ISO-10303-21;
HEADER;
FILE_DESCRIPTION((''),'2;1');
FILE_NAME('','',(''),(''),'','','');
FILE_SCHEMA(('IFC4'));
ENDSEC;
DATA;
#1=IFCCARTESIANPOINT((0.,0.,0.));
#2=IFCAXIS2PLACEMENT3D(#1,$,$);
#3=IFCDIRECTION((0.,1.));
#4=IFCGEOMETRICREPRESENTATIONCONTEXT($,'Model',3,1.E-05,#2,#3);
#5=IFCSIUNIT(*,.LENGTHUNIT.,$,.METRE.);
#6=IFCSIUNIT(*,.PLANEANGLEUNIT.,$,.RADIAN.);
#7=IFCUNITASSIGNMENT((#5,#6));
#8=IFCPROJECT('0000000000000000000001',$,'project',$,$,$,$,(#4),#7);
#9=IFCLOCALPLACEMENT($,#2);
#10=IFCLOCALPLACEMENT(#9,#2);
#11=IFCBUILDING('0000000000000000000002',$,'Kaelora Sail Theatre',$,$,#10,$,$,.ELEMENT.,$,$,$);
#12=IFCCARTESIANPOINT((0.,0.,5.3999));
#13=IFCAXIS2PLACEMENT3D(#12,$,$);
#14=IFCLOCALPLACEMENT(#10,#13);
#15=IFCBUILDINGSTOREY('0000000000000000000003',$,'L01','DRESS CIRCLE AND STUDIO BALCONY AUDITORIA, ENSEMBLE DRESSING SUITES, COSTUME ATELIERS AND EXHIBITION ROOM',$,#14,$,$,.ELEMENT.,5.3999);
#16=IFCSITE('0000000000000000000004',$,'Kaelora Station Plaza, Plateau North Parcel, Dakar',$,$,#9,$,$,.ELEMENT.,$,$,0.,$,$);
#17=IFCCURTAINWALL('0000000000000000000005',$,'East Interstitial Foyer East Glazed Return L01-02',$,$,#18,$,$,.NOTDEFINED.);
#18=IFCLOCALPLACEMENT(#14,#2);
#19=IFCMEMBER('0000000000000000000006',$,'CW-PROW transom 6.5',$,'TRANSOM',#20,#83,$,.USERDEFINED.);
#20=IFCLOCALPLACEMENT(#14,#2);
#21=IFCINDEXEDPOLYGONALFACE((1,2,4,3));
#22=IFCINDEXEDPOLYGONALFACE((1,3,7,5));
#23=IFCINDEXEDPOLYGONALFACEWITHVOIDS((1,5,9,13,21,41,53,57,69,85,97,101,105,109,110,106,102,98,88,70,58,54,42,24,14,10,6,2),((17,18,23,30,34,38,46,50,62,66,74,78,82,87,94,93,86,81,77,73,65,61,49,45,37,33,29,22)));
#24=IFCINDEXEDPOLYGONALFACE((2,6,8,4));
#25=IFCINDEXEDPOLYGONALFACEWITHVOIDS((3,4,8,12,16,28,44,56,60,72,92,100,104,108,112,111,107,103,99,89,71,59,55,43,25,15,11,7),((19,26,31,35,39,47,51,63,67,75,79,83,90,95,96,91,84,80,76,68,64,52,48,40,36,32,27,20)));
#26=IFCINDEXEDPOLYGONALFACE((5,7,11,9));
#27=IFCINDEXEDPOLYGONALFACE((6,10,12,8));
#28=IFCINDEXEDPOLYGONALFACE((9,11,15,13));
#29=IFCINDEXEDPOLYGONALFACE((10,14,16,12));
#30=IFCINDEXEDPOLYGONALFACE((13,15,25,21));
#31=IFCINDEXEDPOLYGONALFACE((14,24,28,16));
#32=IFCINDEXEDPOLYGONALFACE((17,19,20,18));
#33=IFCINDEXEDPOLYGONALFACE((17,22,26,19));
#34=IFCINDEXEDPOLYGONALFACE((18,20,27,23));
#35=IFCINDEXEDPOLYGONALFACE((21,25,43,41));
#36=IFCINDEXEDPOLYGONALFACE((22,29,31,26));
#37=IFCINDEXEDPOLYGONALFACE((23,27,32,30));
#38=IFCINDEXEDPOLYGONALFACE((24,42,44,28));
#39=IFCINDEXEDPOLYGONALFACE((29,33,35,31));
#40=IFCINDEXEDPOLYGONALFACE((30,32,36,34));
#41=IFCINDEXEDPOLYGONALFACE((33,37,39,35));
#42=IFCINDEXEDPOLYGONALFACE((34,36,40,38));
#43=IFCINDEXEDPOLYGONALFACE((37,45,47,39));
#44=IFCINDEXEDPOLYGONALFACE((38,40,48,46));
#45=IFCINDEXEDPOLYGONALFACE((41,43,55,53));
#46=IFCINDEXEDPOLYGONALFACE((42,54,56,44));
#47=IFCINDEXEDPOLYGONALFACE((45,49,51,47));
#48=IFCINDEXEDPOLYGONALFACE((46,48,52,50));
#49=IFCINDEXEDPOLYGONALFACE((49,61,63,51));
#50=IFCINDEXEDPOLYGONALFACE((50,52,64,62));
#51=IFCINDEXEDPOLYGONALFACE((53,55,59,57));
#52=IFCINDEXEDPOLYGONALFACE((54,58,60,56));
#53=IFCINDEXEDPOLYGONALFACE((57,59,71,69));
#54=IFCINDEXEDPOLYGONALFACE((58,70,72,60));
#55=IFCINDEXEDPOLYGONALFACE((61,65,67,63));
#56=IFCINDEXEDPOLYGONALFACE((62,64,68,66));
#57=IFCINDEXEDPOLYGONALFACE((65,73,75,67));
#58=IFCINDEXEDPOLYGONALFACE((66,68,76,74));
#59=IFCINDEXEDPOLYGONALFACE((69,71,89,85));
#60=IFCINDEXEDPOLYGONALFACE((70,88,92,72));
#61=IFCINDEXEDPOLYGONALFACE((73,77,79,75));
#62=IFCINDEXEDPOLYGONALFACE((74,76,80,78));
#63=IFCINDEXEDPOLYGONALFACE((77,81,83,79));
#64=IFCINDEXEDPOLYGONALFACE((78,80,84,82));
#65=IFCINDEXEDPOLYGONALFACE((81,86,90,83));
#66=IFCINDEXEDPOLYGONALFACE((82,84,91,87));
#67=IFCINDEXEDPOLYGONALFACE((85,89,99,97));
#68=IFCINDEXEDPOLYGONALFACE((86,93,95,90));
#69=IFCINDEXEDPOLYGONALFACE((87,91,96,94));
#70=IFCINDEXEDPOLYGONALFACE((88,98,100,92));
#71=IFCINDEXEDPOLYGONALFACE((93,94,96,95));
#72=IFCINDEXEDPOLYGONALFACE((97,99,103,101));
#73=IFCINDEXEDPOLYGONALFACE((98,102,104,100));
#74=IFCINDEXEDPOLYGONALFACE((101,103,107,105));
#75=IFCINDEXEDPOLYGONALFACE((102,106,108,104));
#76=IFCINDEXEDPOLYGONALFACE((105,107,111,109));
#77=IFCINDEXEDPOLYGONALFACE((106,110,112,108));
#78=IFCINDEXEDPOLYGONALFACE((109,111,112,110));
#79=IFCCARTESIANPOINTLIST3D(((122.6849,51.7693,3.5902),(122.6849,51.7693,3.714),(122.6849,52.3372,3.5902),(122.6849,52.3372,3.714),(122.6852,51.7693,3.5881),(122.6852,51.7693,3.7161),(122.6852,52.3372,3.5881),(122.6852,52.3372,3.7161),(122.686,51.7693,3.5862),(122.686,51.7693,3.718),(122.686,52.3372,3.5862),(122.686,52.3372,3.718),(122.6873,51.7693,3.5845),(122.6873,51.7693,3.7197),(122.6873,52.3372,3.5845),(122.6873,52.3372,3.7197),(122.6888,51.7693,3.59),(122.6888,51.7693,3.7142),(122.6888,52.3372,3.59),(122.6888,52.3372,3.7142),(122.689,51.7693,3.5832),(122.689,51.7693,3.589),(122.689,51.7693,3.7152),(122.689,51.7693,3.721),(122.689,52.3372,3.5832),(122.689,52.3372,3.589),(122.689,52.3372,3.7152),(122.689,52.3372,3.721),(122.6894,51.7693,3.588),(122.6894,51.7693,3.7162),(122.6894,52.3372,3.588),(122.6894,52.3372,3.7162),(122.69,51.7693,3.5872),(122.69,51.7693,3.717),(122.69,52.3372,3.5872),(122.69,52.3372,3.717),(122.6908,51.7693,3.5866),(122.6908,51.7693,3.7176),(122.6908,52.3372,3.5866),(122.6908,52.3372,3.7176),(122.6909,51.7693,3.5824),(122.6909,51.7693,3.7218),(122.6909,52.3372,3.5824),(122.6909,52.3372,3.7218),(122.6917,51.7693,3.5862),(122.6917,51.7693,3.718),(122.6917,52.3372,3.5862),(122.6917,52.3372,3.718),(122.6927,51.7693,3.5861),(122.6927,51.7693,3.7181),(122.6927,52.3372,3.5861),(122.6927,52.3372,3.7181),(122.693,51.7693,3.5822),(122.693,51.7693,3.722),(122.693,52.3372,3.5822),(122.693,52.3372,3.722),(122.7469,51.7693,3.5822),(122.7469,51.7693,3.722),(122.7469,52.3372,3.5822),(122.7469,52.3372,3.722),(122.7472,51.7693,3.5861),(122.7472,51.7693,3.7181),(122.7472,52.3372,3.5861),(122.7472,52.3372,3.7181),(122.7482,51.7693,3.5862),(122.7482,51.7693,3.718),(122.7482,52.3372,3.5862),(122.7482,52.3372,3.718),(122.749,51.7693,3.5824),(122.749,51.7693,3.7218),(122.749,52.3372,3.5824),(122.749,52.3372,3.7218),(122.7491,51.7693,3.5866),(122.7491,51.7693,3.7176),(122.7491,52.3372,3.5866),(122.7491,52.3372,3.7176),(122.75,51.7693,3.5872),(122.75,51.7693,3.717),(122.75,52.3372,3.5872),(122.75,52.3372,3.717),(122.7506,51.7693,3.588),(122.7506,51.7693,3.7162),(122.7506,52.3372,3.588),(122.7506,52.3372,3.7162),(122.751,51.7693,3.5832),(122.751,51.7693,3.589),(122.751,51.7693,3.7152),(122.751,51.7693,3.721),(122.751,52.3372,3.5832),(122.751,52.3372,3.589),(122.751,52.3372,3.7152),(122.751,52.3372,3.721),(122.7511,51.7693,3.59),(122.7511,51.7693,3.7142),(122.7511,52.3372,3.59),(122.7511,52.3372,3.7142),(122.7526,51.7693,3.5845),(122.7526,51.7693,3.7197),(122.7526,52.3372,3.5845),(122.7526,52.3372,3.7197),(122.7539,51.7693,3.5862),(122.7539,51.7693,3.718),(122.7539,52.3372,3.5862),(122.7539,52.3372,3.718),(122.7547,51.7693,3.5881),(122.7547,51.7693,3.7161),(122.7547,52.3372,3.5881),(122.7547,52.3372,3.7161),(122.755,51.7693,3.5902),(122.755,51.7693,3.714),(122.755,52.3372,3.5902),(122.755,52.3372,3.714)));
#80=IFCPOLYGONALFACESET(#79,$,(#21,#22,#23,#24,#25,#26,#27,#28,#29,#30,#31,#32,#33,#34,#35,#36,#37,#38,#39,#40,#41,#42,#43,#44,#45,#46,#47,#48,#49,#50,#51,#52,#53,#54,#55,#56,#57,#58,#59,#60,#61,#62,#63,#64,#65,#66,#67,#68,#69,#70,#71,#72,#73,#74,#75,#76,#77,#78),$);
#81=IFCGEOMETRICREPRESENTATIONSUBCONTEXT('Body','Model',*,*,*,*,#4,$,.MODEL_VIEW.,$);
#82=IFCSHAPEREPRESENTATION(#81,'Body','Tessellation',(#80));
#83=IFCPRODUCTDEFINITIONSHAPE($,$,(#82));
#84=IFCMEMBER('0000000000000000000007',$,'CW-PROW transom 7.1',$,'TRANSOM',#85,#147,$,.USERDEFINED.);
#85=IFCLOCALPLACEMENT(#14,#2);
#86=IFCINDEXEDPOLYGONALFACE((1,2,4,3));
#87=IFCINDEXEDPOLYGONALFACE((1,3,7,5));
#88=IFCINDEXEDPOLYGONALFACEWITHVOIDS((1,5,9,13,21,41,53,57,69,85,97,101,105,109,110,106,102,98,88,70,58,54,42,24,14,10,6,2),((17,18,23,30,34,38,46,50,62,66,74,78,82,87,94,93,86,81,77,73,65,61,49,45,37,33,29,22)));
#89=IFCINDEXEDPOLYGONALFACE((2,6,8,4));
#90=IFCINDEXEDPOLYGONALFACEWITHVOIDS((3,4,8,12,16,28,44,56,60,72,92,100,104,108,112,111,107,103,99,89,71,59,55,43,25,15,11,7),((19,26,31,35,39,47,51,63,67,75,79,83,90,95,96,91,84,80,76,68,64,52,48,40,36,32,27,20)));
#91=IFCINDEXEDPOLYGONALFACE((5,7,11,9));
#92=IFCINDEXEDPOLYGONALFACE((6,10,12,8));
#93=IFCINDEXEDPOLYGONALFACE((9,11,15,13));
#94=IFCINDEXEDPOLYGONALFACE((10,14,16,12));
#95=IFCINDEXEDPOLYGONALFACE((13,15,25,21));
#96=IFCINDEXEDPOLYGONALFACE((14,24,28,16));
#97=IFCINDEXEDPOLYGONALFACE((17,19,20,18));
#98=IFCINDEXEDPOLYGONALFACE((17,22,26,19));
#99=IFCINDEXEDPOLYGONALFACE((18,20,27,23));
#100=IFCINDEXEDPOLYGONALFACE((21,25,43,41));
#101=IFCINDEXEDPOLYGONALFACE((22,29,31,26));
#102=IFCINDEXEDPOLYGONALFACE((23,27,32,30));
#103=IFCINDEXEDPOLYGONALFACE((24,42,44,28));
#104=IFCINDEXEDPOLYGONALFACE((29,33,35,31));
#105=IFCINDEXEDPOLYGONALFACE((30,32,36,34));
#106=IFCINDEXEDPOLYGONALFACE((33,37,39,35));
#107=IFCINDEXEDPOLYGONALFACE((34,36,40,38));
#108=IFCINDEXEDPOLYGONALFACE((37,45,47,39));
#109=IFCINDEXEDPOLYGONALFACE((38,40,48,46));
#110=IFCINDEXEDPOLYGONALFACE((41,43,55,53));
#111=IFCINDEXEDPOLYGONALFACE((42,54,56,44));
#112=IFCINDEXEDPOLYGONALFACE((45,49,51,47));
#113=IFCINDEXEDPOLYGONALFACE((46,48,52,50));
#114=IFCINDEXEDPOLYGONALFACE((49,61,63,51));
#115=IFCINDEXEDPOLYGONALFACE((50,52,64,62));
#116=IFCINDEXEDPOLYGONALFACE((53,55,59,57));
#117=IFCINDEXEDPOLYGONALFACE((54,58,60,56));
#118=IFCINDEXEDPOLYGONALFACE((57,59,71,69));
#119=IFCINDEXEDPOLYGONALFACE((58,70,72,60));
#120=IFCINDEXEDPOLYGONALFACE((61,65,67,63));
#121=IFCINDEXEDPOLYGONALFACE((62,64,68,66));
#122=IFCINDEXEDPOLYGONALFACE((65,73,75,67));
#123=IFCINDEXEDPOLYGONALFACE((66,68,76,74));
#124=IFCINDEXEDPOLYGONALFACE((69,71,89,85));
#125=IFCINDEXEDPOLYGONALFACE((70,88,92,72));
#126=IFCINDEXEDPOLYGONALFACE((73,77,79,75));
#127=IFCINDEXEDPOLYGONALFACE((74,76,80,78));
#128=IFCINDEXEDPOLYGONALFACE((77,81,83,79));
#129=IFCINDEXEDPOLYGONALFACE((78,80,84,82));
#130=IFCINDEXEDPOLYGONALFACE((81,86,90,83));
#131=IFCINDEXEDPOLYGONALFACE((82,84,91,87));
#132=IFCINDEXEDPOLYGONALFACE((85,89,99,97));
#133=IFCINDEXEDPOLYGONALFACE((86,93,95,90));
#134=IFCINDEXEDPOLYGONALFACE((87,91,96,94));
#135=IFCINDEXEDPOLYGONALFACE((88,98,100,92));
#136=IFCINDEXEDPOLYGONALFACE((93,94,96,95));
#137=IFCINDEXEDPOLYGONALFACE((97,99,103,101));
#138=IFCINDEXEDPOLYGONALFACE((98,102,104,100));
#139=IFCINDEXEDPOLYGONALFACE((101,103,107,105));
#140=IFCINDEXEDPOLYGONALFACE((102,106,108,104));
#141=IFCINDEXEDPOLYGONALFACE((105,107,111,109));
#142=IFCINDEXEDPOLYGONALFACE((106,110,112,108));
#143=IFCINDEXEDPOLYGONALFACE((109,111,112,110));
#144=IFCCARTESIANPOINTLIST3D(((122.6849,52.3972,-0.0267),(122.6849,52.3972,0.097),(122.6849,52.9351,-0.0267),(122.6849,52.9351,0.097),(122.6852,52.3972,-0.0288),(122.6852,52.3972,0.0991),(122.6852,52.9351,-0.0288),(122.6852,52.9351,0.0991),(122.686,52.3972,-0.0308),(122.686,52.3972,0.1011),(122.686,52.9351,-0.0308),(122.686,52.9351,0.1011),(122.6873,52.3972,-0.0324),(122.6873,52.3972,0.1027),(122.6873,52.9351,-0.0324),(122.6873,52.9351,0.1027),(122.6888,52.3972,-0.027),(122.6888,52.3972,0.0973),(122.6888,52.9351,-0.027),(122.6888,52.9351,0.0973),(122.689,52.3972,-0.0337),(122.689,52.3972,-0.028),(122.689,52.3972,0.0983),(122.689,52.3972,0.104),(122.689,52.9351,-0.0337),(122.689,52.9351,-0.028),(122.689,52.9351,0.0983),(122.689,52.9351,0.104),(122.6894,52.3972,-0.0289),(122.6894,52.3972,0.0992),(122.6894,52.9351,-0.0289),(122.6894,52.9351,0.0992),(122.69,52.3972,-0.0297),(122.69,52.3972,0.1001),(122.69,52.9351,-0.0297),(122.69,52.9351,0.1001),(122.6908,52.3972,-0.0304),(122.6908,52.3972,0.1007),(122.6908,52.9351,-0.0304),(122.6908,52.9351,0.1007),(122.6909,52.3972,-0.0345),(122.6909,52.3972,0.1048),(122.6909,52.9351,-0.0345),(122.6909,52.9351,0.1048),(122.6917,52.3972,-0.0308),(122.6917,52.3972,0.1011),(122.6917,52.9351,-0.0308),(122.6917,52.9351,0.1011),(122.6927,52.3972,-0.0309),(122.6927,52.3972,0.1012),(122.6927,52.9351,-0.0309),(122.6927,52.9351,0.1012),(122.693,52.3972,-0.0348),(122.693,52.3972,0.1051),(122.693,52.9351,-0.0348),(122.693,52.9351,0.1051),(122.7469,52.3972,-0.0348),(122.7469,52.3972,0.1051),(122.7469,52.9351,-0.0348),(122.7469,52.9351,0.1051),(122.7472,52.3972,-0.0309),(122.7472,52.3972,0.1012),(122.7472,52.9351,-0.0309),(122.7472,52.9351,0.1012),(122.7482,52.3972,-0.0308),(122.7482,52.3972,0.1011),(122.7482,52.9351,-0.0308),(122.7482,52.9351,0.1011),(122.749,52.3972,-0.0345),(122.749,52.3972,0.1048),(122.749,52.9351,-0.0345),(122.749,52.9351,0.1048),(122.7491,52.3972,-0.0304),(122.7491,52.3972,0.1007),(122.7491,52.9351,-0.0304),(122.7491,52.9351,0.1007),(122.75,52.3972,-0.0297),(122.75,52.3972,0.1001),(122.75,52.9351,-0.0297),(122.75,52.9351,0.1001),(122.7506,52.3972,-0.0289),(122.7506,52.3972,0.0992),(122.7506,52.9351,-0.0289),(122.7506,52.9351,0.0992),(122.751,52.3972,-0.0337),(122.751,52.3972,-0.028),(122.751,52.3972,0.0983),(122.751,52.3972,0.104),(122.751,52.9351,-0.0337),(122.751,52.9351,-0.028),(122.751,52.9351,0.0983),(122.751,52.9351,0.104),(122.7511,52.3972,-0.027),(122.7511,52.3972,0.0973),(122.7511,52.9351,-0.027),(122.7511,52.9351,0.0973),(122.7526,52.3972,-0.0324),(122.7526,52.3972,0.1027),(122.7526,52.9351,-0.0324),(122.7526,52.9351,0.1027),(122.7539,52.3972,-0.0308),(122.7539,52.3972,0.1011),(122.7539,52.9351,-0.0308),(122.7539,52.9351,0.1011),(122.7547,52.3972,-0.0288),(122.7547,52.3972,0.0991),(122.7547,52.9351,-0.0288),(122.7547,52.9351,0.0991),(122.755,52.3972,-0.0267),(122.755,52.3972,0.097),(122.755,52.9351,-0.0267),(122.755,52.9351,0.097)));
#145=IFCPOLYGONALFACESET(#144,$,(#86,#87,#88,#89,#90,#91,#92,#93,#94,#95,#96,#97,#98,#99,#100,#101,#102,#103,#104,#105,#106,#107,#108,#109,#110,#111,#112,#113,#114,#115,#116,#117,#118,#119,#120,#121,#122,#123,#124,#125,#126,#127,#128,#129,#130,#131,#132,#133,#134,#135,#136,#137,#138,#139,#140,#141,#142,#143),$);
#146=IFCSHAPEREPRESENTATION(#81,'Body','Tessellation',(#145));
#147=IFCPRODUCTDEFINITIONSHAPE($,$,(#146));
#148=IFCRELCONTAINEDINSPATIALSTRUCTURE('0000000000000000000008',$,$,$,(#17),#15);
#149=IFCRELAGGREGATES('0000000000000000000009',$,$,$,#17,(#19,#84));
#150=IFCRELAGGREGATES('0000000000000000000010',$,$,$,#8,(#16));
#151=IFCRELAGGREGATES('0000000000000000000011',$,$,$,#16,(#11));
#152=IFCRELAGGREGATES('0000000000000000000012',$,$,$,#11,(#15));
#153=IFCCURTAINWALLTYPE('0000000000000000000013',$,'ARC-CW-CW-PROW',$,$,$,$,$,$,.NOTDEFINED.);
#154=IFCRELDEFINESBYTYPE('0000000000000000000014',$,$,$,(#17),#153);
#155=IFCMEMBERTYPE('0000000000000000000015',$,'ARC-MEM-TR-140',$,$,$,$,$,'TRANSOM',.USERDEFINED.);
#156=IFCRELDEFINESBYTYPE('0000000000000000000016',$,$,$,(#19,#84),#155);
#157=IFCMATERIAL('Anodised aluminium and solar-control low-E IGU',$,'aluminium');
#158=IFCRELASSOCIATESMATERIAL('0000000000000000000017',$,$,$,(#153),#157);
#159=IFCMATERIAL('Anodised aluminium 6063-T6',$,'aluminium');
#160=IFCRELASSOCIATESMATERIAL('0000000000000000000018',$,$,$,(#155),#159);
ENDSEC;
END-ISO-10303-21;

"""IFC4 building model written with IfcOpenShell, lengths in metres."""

from ifc_helpers import new_model, si_unit, direction, frame, origin, origin_2d, place, context, subcontext, project, spatial, hollow_rectangle, extrude, material, material_profile, profile_set, type_object, element, aggregate, save


model = new_model("IFC4")

# Units and contexts
model_context = context("Model", 3, precision=1e-05, world=origin(), true_north=direction((0.0, 1.0)))
body_context = subcontext(model_context, "Body", "Model", "MODEL_VIEW")
ifc_project = project(units=[si_unit("LENGTHUNIT", "METRE"), si_unit("PLANEANGLEUNIT", "RADIAN")], contexts=[model_context])

# Site, building, storey
site_placement = place(None, origin())
site = spatial("IfcSite", under=ifc_project, at=site_placement, Name="Kaelora Station Plaza, Plateau North Parcel, Dakar", CompositionType="ELEMENT", RefElevation=0.0)
building_placement = place(site_placement, origin())
building = spatial("IfcBuilding", under=site, at=building_placement, Name="Kaelora Sail Theatre", CompositionType="ELEMENT")
storey_placement = place(building_placement, frame((0.0, 0.0, 5.3999)))
storey = spatial("IfcBuildingStorey", under=building, at=storey_placement, Name="L01", Description="DRESS CIRCLE AND STUDIO BALCONY AUDITORIA, ENSEMBLE DRESSING SUITES, COSTUME ATELIERS AND EXHIBITION ROOM", CompositionType="ELEMENT", Elevation=5.3999)

# Curtain wall, members
ifc_material_1 = material(Name="Anodised aluminium and solar-control low-E IGU", Category="aluminium")
curtain_wall_type = type_object("IfcCurtainWallType", Name="ARC-CW-CW-PROW", PredefinedType="NOTDEFINED", material=ifc_material_1)
curtain_wall_placement = place(storey_placement, origin())
curtain_wall = element("IfcCurtainWall", 1, at=curtain_wall_placement, inside=storey, type_object=curtain_wall_type, Name="East Interstitial Foyer East Glazed Return L01-02", PredefinedType="NOTDEFINED")
ifc_material_2 = material(Name="Anodised aluminium 6063-T6", Category="aluminium")
ifc_material_profile_1 = material_profile(ifc_material_2, hollow_rectangle(XDim=0.0701, YDim=0.1399, WallThickness=0.0039, InnerFilletRadius=0.0039, OuterFilletRadius=0.0081, at=origin_2d()), Name="ALU-TRAN 70x140x4")
ifc_profile_set_1 = profile_set([ifc_material_profile_1], Name="Anodised aluminium 6063-T6")
member_type_1 = type_object("IfcMemberType", Name="ARC-MEM-TR-140", ElementType="TRANSOM", PredefinedType="USERDEFINED", material=ifc_profile_set_1)
member_1_placement = place(storey_placement, frame((122.72, 51.7693, 3.6521), z_axis=(0.0, 1.0, 0.0), x_axis=(-1.0, 0.0, 0.0)))
member_1 = element("IfcMember", 2, at=member_1_placement, type_object=member_type_1, Name="CW-PROW transom 6.5", ObjectType="TRANSOM", PredefinedType="USERDEFINED", context=body_context, shape_type="SweptSolid", body=[
    extrude(hollow_rectangle(XDim=0.0701, YDim=0.1399, WallThickness=0.0039, InnerFilletRadius=0.0039, OuterFilletRadius=0.0081, at=origin_2d()), origin(), (0.0, 0.0, 1.0), 0.5679),
])
member_2_placement = place(storey_placement, frame((122.72, 52.3972, 0.0352), z_axis=(0.0, 1.0, 0.0), x_axis=(-1.0, 0.0, 0.0)))
member_2 = element("IfcMember", 3, at=member_2_placement, type_object=member_type_1, Name="CW-PROW transom 7.1", ObjectType="TRANSOM", PredefinedType="USERDEFINED", context=body_context, shape_type="SweptSolid", body=[
    extrude(hollow_rectangle(XDim=0.0701, YDim=0.1399, WallThickness=0.0039, InnerFilletRadius=0.0039, OuterFilletRadius=0.0081, at=origin_2d()), origin(), (0.0, 0.0, 1.0), 0.5378),
])

aggregate(curtain_wall, [member_1, member_2])

save(model, "model.ifc")
